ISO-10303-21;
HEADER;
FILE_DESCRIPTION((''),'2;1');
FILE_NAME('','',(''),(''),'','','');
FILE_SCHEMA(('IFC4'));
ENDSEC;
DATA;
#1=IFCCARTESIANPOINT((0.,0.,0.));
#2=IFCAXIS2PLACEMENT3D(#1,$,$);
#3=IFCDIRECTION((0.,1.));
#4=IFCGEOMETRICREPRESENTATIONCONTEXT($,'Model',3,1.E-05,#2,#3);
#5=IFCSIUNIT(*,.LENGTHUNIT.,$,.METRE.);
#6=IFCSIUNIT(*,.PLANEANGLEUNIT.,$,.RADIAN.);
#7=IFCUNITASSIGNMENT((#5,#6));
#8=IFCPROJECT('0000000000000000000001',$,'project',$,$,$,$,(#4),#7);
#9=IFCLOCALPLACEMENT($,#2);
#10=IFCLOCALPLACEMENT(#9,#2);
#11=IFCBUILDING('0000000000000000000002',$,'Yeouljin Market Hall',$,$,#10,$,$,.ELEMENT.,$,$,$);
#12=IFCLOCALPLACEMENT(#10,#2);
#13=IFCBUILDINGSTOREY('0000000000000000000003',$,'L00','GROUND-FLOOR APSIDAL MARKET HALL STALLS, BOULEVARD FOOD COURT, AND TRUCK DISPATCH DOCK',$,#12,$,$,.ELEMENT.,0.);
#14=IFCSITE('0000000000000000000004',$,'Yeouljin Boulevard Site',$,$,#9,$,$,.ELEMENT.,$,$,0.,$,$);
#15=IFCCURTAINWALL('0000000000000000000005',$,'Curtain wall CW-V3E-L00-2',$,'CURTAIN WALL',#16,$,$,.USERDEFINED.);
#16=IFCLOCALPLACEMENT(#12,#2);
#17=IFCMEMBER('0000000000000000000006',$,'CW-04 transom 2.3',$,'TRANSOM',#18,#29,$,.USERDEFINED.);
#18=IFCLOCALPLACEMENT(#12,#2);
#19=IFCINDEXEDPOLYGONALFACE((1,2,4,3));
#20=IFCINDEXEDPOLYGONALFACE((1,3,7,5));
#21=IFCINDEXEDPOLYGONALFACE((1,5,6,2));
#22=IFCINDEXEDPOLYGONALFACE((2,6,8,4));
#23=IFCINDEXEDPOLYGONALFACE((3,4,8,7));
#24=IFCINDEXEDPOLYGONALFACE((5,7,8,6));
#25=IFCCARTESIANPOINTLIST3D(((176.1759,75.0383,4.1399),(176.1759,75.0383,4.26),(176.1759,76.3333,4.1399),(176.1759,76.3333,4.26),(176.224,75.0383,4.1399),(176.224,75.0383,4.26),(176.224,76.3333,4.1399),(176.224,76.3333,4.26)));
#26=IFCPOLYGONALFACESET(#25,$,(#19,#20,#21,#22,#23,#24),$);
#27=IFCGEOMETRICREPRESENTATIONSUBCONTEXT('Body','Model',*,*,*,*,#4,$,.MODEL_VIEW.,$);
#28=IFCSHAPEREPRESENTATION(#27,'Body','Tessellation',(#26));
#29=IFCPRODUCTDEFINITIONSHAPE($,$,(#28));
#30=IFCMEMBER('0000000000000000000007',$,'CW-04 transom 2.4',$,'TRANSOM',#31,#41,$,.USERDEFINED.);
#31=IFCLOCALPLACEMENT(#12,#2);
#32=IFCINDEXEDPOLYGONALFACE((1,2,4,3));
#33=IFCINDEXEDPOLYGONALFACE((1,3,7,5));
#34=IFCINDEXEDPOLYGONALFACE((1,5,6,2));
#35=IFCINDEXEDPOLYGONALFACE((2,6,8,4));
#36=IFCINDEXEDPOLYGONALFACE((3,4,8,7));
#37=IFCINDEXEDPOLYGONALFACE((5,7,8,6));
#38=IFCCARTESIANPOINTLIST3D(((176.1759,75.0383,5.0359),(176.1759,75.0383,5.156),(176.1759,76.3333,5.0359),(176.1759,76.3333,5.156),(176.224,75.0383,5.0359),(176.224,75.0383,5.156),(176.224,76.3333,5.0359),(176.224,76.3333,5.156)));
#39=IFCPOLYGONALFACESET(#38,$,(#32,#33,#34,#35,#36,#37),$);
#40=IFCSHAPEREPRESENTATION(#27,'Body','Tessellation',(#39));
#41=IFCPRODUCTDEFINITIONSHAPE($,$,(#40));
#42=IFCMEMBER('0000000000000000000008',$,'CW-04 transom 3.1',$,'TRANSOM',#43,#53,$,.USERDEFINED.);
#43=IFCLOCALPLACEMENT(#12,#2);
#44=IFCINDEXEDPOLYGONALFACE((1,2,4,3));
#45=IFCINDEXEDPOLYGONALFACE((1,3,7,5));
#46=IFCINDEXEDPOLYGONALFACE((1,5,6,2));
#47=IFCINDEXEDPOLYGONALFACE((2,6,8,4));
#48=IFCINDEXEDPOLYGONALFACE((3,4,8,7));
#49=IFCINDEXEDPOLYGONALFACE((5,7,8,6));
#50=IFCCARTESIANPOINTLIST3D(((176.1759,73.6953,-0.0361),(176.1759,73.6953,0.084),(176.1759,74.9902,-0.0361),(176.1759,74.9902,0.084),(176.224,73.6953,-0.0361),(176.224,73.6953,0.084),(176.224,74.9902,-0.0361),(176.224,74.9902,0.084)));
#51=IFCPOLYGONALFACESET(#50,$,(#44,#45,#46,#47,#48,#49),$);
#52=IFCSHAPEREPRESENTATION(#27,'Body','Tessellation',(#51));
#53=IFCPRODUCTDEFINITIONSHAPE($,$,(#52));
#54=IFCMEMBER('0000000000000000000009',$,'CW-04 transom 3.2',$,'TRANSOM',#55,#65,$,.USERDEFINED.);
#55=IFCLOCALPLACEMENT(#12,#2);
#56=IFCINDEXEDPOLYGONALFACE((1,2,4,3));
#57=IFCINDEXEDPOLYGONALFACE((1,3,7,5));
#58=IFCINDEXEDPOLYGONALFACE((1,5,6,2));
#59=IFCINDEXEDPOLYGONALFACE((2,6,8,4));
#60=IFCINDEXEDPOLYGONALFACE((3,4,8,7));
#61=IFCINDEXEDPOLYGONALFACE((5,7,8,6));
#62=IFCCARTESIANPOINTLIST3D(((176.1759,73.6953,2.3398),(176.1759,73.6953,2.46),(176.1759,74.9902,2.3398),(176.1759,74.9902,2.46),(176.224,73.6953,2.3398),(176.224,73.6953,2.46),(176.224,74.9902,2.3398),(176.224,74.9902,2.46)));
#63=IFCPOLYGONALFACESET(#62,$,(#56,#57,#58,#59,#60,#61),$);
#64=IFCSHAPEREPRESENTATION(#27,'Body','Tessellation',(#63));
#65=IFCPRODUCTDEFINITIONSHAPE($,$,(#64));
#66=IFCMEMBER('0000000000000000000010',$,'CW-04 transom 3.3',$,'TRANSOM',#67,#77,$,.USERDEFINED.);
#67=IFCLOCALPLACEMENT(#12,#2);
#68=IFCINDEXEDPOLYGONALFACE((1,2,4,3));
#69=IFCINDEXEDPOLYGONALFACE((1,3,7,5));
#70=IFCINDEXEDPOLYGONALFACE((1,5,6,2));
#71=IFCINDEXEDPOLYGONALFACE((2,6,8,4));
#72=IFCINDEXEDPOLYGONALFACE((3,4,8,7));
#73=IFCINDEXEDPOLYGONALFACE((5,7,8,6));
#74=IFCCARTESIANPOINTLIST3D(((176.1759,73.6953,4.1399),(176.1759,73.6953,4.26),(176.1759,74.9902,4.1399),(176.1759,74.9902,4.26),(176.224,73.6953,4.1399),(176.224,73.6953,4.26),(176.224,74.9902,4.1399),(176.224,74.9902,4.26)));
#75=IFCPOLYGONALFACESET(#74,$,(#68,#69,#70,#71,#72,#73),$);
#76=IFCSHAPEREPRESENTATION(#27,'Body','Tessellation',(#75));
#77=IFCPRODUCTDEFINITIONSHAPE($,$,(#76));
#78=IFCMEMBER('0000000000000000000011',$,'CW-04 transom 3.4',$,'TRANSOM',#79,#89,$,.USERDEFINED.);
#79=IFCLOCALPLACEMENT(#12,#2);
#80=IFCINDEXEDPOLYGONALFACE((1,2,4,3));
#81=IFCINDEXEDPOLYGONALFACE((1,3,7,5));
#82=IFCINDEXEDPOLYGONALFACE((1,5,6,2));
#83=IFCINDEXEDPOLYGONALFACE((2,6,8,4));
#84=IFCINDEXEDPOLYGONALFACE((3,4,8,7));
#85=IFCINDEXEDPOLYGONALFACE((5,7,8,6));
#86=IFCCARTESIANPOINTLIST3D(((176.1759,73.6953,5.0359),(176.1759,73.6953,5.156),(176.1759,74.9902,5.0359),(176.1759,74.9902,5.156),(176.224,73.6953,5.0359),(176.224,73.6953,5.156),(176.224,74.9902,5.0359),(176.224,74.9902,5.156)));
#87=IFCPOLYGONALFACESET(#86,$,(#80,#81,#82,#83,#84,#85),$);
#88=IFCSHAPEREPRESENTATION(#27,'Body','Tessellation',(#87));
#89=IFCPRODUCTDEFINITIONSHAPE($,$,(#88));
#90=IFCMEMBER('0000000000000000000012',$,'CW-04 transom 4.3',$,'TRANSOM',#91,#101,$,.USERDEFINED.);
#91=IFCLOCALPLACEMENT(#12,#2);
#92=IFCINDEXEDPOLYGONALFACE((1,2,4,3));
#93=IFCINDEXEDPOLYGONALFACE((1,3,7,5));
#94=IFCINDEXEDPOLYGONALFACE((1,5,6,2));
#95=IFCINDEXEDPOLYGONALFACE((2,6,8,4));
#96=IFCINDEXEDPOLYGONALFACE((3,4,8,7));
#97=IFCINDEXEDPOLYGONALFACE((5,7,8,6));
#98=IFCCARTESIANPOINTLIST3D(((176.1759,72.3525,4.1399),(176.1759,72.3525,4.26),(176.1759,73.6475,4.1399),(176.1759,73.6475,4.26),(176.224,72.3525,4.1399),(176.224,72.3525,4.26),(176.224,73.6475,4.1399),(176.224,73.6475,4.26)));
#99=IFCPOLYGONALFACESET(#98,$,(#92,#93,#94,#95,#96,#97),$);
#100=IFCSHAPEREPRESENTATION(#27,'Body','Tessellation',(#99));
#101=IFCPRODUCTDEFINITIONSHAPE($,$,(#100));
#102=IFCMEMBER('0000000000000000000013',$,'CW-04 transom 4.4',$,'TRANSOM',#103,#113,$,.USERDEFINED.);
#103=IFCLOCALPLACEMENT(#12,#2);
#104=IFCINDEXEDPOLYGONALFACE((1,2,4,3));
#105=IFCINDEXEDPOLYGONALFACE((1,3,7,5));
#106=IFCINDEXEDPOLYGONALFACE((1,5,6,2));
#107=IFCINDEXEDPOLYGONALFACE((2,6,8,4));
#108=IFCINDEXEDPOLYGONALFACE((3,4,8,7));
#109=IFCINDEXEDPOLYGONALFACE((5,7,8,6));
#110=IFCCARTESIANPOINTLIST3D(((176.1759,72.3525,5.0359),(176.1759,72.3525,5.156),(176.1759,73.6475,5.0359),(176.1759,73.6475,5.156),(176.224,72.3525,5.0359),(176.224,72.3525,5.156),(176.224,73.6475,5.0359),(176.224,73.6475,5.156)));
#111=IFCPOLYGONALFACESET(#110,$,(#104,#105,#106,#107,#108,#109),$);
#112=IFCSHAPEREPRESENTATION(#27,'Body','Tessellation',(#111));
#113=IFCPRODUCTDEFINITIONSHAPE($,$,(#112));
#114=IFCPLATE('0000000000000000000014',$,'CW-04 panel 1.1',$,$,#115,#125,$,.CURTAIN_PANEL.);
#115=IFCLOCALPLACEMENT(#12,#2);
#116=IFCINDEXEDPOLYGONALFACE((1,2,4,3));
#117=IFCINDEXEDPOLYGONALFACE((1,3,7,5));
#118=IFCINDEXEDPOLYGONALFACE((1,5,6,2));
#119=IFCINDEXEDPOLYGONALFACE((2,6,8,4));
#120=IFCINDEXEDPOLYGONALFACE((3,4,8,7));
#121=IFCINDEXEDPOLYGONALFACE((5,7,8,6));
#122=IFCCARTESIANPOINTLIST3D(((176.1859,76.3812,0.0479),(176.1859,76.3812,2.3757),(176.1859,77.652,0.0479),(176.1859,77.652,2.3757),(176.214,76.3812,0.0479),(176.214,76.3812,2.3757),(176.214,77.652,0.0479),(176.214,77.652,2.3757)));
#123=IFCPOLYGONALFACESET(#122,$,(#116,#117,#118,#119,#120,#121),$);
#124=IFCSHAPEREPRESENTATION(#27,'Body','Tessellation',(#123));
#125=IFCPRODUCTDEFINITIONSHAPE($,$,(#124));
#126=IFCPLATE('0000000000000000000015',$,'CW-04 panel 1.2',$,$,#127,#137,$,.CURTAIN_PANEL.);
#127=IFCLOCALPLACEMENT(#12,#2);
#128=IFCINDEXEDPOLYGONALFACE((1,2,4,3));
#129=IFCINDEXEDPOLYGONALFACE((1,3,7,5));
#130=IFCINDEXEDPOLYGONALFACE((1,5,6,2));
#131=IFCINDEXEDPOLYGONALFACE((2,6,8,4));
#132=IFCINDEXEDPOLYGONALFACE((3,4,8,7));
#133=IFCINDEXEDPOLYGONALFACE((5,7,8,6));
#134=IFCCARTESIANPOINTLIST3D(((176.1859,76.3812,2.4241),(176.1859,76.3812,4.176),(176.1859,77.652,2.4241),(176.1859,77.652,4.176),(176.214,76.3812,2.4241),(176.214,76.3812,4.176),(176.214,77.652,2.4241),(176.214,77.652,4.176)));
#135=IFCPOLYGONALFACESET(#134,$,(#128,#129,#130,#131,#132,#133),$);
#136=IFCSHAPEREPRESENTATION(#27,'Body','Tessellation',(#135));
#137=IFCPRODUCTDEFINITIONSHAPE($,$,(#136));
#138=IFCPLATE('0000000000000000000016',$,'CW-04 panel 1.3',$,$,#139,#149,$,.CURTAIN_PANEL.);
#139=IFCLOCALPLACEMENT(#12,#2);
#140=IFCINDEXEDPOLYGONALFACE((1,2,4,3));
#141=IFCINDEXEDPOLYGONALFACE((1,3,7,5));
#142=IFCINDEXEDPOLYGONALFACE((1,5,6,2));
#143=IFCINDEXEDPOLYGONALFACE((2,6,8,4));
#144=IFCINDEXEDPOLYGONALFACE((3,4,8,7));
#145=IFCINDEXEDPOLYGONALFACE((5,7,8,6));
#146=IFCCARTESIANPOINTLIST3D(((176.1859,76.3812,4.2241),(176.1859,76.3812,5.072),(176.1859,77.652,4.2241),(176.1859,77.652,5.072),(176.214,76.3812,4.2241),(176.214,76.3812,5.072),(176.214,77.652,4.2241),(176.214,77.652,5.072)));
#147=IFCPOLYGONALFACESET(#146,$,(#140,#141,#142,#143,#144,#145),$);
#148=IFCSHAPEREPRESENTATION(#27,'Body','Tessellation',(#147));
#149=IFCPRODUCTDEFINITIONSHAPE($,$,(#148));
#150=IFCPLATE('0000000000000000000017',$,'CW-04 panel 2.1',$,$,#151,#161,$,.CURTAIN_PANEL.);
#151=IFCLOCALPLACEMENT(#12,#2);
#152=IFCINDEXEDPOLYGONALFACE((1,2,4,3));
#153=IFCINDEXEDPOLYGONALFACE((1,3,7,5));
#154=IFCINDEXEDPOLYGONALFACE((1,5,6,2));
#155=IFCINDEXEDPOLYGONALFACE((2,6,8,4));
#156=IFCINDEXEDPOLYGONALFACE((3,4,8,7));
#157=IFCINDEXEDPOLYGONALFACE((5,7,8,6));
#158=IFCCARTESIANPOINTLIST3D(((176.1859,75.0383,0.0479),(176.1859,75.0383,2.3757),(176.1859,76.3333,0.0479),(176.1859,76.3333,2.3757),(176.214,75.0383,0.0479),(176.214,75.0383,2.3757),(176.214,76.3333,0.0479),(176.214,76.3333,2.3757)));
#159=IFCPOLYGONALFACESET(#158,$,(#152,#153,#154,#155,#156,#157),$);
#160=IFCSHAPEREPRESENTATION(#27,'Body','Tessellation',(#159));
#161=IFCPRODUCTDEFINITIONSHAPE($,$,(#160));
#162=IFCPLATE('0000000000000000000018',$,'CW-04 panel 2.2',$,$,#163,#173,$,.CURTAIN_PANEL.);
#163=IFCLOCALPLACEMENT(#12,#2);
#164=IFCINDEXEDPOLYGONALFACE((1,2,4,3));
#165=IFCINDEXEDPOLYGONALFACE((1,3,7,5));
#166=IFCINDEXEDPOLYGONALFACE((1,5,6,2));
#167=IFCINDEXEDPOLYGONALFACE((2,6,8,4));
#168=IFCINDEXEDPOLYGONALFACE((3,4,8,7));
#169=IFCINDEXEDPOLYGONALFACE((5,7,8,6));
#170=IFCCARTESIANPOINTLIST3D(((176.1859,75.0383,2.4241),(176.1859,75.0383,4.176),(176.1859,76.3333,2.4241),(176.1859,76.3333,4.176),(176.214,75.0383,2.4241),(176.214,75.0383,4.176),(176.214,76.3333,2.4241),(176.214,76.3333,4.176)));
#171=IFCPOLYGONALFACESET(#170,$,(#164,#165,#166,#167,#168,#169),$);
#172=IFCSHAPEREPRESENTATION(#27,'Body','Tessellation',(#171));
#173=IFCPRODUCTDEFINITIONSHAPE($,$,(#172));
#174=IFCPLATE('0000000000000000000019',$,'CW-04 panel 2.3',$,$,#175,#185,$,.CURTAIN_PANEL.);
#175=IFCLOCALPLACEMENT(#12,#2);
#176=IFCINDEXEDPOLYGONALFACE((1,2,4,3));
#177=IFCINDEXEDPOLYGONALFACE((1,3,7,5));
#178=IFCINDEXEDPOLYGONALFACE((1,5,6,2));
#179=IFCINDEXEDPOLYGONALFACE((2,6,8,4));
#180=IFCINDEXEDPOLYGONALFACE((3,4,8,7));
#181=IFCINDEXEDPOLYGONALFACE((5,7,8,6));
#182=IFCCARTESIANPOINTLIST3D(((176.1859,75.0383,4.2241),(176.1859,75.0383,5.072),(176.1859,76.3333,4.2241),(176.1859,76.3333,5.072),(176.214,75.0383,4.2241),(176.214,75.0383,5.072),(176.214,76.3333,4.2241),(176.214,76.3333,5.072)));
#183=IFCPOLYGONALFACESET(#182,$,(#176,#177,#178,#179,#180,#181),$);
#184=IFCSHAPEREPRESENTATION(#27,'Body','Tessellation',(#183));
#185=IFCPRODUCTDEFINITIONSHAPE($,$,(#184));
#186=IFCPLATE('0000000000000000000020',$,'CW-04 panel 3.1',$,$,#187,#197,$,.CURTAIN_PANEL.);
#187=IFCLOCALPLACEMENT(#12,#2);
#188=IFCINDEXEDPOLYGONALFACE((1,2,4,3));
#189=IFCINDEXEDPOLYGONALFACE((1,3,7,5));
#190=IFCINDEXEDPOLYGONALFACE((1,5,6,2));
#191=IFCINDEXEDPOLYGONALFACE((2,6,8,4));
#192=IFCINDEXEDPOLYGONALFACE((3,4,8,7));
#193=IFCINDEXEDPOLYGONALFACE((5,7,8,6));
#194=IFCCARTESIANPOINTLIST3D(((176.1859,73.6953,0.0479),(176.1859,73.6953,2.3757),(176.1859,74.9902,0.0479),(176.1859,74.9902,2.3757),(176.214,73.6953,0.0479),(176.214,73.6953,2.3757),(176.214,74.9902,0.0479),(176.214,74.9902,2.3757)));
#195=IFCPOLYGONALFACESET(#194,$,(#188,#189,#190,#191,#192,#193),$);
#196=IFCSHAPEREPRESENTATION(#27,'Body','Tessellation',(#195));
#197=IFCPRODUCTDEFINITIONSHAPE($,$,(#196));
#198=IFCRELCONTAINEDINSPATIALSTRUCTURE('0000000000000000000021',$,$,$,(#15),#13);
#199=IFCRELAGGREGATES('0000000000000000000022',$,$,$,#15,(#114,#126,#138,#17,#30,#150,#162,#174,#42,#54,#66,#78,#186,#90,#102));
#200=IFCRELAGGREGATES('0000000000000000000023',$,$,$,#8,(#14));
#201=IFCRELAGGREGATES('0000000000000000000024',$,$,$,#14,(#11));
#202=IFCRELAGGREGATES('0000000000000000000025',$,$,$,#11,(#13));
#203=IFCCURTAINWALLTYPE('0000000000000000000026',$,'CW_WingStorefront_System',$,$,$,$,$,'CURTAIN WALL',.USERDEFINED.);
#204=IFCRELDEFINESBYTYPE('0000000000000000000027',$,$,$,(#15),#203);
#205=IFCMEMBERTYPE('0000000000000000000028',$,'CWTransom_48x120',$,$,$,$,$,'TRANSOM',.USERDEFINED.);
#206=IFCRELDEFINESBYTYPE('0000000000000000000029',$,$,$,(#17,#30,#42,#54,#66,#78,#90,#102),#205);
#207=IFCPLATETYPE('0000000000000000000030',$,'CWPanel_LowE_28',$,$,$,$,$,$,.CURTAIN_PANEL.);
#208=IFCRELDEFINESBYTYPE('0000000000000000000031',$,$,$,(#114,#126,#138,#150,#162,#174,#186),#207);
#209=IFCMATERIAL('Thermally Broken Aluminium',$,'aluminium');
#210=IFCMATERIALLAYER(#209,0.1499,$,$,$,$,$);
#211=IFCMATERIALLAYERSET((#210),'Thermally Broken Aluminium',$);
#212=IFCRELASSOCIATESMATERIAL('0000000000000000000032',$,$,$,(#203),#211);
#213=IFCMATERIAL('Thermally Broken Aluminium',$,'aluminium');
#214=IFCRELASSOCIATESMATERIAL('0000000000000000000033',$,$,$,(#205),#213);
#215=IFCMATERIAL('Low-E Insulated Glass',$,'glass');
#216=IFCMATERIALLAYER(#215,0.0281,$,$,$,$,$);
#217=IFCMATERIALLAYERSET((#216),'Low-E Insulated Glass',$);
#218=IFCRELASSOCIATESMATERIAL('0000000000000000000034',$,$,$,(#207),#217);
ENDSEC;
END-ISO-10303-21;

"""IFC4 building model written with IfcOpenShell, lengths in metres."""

from ifc_helpers import new_model, si_unit, direction, frame, origin, origin_2d, place, context, subcontext, project, spatial, rectangle, extrude, material, layer, layer_set, material_profile, profile_set, type_object, element, aggregate, save


model = new_model("IFC4")

# Units and contexts
model_context = context("Model", 3, precision=1e-05, world=origin(), true_north=direction((0.0, 1.0)))
body_context = subcontext(model_context, "Body", "Model", "MODEL_VIEW")
ifc_project = project(units=[si_unit("LENGTHUNIT", "METRE"), si_unit("PLANEANGLEUNIT", "RADIAN")], contexts=[model_context])

# Site, building, storey
site_placement = place(None, origin())
site = spatial("IfcSite", under=ifc_project, at=site_placement, Name="Yeouljin Boulevard Site", CompositionType="ELEMENT", RefElevation=0.0)
building_placement = place(site_placement, origin())
building = spatial("IfcBuilding", under=site, at=building_placement, Name="Yeouljin Market Hall", CompositionType="ELEMENT")
storey_placement = place(building_placement, origin())
storey = spatial("IfcBuildingStorey", under=building, at=storey_placement, Name="L00", Description="GROUND-FLOOR APSIDAL MARKET HALL STALLS, BOULEVARD FOOD COURT, AND TRUCK DISPATCH DOCK", CompositionType="ELEMENT", Elevation=0.0)

# Curtain wall
ifc_material_1 = material(Name="Thermally Broken Aluminium", Category="aluminium")
ifc_layer_1 = layer(ifc_material_1, 0.1499)
ifc_layer_set_1 = layer_set([ifc_layer_1], Name="Thermally Broken Aluminium")
curtain_wall_type = type_object("IfcCurtainWallType", Name="CW_WingStorefront_System", ElementType="CURTAIN WALL", PredefinedType="USERDEFINED", material=ifc_layer_set_1)
curtain_wall_1_placement = place(storey_placement, origin())
curtain_wall_1 = element("IfcCurtainWall", 1, at=curtain_wall_1_placement, inside=storey, type_object=curtain_wall_type, Name="Curtain wall CW-V3E-L00-2", ObjectType="CURTAIN WALL", PredefinedType="USERDEFINED")

# Members
ifc_material_2 = material(Name="Thermally Broken Aluminium", Category="aluminium")
ifc_material_profile_1 = material_profile(ifc_material_2, rectangle(XDim=0.0481, YDim=0.1201, at=origin_2d()), Name="CW-TRAN-48x120")
ifc_profile_set_1 = profile_set([ifc_material_profile_1], Name="Thermally Broken Aluminium")
member_type_1 = type_object("IfcMemberType", Name="CWTransom_48x120", ElementType="TRANSOM", PredefinedType="USERDEFINED", material=ifc_profile_set_1)
member_1_placement = place(storey_placement, frame((176.2, 76.3333, 4.2), z_axis=(0.0, -1.0, 0.0), x_axis=(1.0, 0.0, 0.0)))
member_1 = element("IfcMember", 2, at=member_1_placement, type_object=member_type_1, Name="CW-04 transom 2.3", ObjectType="TRANSOM", PredefinedType="USERDEFINED", context=body_context, shape_type="SweptSolid", body=[
    extrude(rectangle(XDim=0.0481, YDim=0.1201, at=origin_2d()), origin(), (0.0, 0.0, 1.0), 1.2949),
])
member_2_placement = place(storey_placement, frame((176.2, 76.3333, 5.0959), z_axis=(0.0, -1.0, 0.0), x_axis=(1.0, 0.0, 0.0)))
member_2 = element("IfcMember", 3, at=member_2_placement, type_object=member_type_1, Name="CW-04 transom 2.4", ObjectType="TRANSOM", PredefinedType="USERDEFINED", context=body_context, shape_type="SweptSolid", body=[
    extrude(rectangle(XDim=0.0481, YDim=0.1201, at=origin_2d()), origin(), (0.0, 0.0, 1.0), 1.2949),
])
member_3_placement = place(storey_placement, frame((176.2, 74.9902, 0.0239), z_axis=(0.0, -1.0, 0.0), x_axis=(1.0, 0.0, 0.0)))
member_3 = element("IfcMember", 4, at=member_3_placement, type_object=member_type_1, Name="CW-04 transom 3.1", ObjectType="TRANSOM", PredefinedType="USERDEFINED", context=body_context, shape_type="SweptSolid", body=[
    extrude(rectangle(XDim=0.0481, YDim=0.1201, at=origin_2d()), origin(), (0.0, 0.0, 1.0), 1.2949),
])
member_4_placement = place(storey_placement, frame((176.2, 74.9902, 2.3999), z_axis=(0.0, -1.0, 0.0), x_axis=(1.0, 0.0, 0.0)))
member_4 = element("IfcMember", 5, at=member_4_placement, type_object=member_type_1, Name="CW-04 transom 3.2", ObjectType="TRANSOM", PredefinedType="USERDEFINED", context=body_context, shape_type="SweptSolid", body=[
    extrude(rectangle(XDim=0.0481, YDim=0.1201, at=origin_2d()), origin(), (0.0, 0.0, 1.0), 1.2949),
])
member_5_placement = place(storey_placement, frame((176.2, 74.9902, 4.2), z_axis=(0.0, -1.0, 0.0), x_axis=(1.0, 0.0, 0.0)))
member_5 = element("IfcMember", 6, at=member_5_placement, type_object=member_type_1, Name="CW-04 transom 3.3", ObjectType="TRANSOM", PredefinedType="USERDEFINED", context=body_context, shape_type="SweptSolid", body=[
    extrude(rectangle(XDim=0.0481, YDim=0.1201, at=origin_2d()), origin(), (0.0, 0.0, 1.0), 1.2949),
])
member_6_placement = place(storey_placement, frame((176.2, 74.9902, 5.0959), z_axis=(0.0, -1.0, 0.0), x_axis=(1.0, 0.0, 0.0)))
member_6 = element("IfcMember", 7, at=member_6_placement, type_object=member_type_1, Name="CW-04 transom 3.4", ObjectType="TRANSOM", PredefinedType="USERDEFINED", context=body_context, shape_type="SweptSolid", body=[
    extrude(rectangle(XDim=0.0481, YDim=0.1201, at=origin_2d()), origin(), (0.0, 0.0, 1.0), 1.2949),
])
member_7_placement = place(storey_placement, frame((176.2, 73.6475, 4.2), z_axis=(0.0, -1.0, 0.0), x_axis=(1.0, 0.0, 0.0)))
member_7 = element("IfcMember", 8, at=member_7_placement, type_object=member_type_1, Name="CW-04 transom 4.3", ObjectType="TRANSOM", PredefinedType="USERDEFINED", context=body_context, shape_type="SweptSolid", body=[
    extrude(rectangle(XDim=0.0481, YDim=0.1201, at=origin_2d()), origin(), (0.0, 0.0, 1.0), 1.2949),
])
member_8_placement = place(storey_placement, frame((176.2, 73.6475, 5.0959), z_axis=(0.0, -1.0, 0.0), x_axis=(1.0, 0.0, 0.0)))
member_8 = element("IfcMember", 9, at=member_8_placement, type_object=member_type_1, Name="CW-04 transom 4.4", ObjectType="TRANSOM", PredefinedType="USERDEFINED", context=body_context, shape_type="SweptSolid", body=[
    extrude(rectangle(XDim=0.0481, YDim=0.1201, at=origin_2d()), origin(), (0.0, 0.0, 1.0), 1.2949),
])

# Plates
ifc_material_3 = material(Name="Low-E Insulated Glass", Category="glass")
ifc_layer_2 = layer(ifc_material_3, 0.0281)
ifc_layer_set_2 = layer_set([ifc_layer_2], Name="Low-E Insulated Glass")
plate_type = type_object("IfcPlateType", Name="CWPanel_LowE_28", PredefinedType="CURTAIN_PANEL", material=ifc_layer_set_2)
plate_1_placement = place(storey_placement, frame((176.2, 77.0166, 0.0479), z_axis=(0.0, 0.0, 1.0), x_axis=(0.0, -1.0, 0.0)))
plate_1 = element("IfcPlate", 10, at=plate_1_placement, type_object=plate_type, Name="CW-04 panel 1.1", PredefinedType="CURTAIN_PANEL", context=body_context, shape_type="SweptSolid", body=[
    extrude(rectangle(XDim=1.2708, YDim=0.0281, at=origin_2d()), origin(), (0.0, 0.0, 1.0), 2.3279),
])
plate_2_placement = place(storey_placement, frame((176.2, 77.0166, 2.4241), z_axis=(0.0, 0.0, 1.0), x_axis=(0.0, -1.0, 0.0)))
plate_2 = element("IfcPlate", 11, at=plate_2_placement, type_object=plate_type, Name="CW-04 panel 1.2", PredefinedType="CURTAIN_PANEL", context=body_context, shape_type="SweptSolid", body=[
    extrude(rectangle(XDim=1.2708, YDim=0.0281, at=origin_2d()), origin(), (0.0, 0.0, 1.0), 1.752),
])
plate_3_placement = place(storey_placement, frame((176.2, 77.0166, 4.2241), z_axis=(0.0, 0.0, 1.0), x_axis=(0.0, -1.0, 0.0)))
plate_3 = element("IfcPlate", 12, at=plate_3_placement, type_object=plate_type, Name="CW-04 panel 1.3", PredefinedType="CURTAIN_PANEL", context=body_context, shape_type="SweptSolid", body=[
    extrude(rectangle(XDim=1.2708, YDim=0.0281, at=origin_2d()), origin(), (0.0, 0.0, 1.0), 0.8479),
])
plate_4_placement = place(storey_placement, frame((176.2, 75.6858, 0.0479), z_axis=(0.0, 0.0, 1.0), x_axis=(0.0, -1.0, 0.0)))
plate_4 = element("IfcPlate", 13, at=plate_4_placement, type_object=plate_type, Name="CW-04 panel 2.1", PredefinedType="CURTAIN_PANEL", context=body_context, shape_type="SweptSolid", body=[
    extrude(rectangle(XDim=1.2949, YDim=0.0281, at=origin_2d()), origin(), (0.0, 0.0, 1.0), 2.3279),
])
plate_5_placement = place(storey_placement, frame((176.2, 75.6858, 2.4241), z_axis=(0.0, 0.0, 1.0), x_axis=(0.0, -1.0, 0.0)))
plate_5 = element("IfcPlate", 14, at=plate_5_placement, type_object=plate_type, Name="CW-04 panel 2.2", PredefinedType="CURTAIN_PANEL", context=body_context, shape_type="SweptSolid", body=[
    extrude(rectangle(XDim=1.2949, YDim=0.0281, at=origin_2d()), origin(), (0.0, 0.0, 1.0), 1.752),
])
plate_6_placement = place(storey_placement, frame((176.2, 75.6858, 4.2241), z_axis=(0.0, 0.0, 1.0), x_axis=(0.0, -1.0, 0.0)))
plate_6 = element("IfcPlate", 15, at=plate_6_placement, type_object=plate_type, Name="CW-04 panel 2.3", PredefinedType="CURTAIN_PANEL", context=body_context, shape_type="SweptSolid", body=[
    extrude(rectangle(XDim=1.2949, YDim=0.0281, at=origin_2d()), origin(), (0.0, 0.0, 1.0), 0.8479),
])
plate_7_placement = place(storey_placement, frame((176.2, 74.3428, 0.0479), z_axis=(0.0, 0.0, 1.0), x_axis=(0.0, -1.0, 0.0)))
plate_7 = element("IfcPlate", 16, at=plate_7_placement, type_object=plate_type, Name="CW-04 panel 3.1", PredefinedType="CURTAIN_PANEL", context=body_context, shape_type="SweptSolid", body=[
    extrude(rectangle(XDim=1.2949, YDim=0.0281, at=origin_2d()), origin(), (0.0, 0.0, 1.0), 2.3279),
])
aggregate(curtain_wall_1, [plate_1, plate_2, plate_3, member_1, member_2, plate_4, plate_5, plate_6, member_3, member_4, member_5, member_6, plate_7, member_7, member_8])

save(model, "model.ifc")
